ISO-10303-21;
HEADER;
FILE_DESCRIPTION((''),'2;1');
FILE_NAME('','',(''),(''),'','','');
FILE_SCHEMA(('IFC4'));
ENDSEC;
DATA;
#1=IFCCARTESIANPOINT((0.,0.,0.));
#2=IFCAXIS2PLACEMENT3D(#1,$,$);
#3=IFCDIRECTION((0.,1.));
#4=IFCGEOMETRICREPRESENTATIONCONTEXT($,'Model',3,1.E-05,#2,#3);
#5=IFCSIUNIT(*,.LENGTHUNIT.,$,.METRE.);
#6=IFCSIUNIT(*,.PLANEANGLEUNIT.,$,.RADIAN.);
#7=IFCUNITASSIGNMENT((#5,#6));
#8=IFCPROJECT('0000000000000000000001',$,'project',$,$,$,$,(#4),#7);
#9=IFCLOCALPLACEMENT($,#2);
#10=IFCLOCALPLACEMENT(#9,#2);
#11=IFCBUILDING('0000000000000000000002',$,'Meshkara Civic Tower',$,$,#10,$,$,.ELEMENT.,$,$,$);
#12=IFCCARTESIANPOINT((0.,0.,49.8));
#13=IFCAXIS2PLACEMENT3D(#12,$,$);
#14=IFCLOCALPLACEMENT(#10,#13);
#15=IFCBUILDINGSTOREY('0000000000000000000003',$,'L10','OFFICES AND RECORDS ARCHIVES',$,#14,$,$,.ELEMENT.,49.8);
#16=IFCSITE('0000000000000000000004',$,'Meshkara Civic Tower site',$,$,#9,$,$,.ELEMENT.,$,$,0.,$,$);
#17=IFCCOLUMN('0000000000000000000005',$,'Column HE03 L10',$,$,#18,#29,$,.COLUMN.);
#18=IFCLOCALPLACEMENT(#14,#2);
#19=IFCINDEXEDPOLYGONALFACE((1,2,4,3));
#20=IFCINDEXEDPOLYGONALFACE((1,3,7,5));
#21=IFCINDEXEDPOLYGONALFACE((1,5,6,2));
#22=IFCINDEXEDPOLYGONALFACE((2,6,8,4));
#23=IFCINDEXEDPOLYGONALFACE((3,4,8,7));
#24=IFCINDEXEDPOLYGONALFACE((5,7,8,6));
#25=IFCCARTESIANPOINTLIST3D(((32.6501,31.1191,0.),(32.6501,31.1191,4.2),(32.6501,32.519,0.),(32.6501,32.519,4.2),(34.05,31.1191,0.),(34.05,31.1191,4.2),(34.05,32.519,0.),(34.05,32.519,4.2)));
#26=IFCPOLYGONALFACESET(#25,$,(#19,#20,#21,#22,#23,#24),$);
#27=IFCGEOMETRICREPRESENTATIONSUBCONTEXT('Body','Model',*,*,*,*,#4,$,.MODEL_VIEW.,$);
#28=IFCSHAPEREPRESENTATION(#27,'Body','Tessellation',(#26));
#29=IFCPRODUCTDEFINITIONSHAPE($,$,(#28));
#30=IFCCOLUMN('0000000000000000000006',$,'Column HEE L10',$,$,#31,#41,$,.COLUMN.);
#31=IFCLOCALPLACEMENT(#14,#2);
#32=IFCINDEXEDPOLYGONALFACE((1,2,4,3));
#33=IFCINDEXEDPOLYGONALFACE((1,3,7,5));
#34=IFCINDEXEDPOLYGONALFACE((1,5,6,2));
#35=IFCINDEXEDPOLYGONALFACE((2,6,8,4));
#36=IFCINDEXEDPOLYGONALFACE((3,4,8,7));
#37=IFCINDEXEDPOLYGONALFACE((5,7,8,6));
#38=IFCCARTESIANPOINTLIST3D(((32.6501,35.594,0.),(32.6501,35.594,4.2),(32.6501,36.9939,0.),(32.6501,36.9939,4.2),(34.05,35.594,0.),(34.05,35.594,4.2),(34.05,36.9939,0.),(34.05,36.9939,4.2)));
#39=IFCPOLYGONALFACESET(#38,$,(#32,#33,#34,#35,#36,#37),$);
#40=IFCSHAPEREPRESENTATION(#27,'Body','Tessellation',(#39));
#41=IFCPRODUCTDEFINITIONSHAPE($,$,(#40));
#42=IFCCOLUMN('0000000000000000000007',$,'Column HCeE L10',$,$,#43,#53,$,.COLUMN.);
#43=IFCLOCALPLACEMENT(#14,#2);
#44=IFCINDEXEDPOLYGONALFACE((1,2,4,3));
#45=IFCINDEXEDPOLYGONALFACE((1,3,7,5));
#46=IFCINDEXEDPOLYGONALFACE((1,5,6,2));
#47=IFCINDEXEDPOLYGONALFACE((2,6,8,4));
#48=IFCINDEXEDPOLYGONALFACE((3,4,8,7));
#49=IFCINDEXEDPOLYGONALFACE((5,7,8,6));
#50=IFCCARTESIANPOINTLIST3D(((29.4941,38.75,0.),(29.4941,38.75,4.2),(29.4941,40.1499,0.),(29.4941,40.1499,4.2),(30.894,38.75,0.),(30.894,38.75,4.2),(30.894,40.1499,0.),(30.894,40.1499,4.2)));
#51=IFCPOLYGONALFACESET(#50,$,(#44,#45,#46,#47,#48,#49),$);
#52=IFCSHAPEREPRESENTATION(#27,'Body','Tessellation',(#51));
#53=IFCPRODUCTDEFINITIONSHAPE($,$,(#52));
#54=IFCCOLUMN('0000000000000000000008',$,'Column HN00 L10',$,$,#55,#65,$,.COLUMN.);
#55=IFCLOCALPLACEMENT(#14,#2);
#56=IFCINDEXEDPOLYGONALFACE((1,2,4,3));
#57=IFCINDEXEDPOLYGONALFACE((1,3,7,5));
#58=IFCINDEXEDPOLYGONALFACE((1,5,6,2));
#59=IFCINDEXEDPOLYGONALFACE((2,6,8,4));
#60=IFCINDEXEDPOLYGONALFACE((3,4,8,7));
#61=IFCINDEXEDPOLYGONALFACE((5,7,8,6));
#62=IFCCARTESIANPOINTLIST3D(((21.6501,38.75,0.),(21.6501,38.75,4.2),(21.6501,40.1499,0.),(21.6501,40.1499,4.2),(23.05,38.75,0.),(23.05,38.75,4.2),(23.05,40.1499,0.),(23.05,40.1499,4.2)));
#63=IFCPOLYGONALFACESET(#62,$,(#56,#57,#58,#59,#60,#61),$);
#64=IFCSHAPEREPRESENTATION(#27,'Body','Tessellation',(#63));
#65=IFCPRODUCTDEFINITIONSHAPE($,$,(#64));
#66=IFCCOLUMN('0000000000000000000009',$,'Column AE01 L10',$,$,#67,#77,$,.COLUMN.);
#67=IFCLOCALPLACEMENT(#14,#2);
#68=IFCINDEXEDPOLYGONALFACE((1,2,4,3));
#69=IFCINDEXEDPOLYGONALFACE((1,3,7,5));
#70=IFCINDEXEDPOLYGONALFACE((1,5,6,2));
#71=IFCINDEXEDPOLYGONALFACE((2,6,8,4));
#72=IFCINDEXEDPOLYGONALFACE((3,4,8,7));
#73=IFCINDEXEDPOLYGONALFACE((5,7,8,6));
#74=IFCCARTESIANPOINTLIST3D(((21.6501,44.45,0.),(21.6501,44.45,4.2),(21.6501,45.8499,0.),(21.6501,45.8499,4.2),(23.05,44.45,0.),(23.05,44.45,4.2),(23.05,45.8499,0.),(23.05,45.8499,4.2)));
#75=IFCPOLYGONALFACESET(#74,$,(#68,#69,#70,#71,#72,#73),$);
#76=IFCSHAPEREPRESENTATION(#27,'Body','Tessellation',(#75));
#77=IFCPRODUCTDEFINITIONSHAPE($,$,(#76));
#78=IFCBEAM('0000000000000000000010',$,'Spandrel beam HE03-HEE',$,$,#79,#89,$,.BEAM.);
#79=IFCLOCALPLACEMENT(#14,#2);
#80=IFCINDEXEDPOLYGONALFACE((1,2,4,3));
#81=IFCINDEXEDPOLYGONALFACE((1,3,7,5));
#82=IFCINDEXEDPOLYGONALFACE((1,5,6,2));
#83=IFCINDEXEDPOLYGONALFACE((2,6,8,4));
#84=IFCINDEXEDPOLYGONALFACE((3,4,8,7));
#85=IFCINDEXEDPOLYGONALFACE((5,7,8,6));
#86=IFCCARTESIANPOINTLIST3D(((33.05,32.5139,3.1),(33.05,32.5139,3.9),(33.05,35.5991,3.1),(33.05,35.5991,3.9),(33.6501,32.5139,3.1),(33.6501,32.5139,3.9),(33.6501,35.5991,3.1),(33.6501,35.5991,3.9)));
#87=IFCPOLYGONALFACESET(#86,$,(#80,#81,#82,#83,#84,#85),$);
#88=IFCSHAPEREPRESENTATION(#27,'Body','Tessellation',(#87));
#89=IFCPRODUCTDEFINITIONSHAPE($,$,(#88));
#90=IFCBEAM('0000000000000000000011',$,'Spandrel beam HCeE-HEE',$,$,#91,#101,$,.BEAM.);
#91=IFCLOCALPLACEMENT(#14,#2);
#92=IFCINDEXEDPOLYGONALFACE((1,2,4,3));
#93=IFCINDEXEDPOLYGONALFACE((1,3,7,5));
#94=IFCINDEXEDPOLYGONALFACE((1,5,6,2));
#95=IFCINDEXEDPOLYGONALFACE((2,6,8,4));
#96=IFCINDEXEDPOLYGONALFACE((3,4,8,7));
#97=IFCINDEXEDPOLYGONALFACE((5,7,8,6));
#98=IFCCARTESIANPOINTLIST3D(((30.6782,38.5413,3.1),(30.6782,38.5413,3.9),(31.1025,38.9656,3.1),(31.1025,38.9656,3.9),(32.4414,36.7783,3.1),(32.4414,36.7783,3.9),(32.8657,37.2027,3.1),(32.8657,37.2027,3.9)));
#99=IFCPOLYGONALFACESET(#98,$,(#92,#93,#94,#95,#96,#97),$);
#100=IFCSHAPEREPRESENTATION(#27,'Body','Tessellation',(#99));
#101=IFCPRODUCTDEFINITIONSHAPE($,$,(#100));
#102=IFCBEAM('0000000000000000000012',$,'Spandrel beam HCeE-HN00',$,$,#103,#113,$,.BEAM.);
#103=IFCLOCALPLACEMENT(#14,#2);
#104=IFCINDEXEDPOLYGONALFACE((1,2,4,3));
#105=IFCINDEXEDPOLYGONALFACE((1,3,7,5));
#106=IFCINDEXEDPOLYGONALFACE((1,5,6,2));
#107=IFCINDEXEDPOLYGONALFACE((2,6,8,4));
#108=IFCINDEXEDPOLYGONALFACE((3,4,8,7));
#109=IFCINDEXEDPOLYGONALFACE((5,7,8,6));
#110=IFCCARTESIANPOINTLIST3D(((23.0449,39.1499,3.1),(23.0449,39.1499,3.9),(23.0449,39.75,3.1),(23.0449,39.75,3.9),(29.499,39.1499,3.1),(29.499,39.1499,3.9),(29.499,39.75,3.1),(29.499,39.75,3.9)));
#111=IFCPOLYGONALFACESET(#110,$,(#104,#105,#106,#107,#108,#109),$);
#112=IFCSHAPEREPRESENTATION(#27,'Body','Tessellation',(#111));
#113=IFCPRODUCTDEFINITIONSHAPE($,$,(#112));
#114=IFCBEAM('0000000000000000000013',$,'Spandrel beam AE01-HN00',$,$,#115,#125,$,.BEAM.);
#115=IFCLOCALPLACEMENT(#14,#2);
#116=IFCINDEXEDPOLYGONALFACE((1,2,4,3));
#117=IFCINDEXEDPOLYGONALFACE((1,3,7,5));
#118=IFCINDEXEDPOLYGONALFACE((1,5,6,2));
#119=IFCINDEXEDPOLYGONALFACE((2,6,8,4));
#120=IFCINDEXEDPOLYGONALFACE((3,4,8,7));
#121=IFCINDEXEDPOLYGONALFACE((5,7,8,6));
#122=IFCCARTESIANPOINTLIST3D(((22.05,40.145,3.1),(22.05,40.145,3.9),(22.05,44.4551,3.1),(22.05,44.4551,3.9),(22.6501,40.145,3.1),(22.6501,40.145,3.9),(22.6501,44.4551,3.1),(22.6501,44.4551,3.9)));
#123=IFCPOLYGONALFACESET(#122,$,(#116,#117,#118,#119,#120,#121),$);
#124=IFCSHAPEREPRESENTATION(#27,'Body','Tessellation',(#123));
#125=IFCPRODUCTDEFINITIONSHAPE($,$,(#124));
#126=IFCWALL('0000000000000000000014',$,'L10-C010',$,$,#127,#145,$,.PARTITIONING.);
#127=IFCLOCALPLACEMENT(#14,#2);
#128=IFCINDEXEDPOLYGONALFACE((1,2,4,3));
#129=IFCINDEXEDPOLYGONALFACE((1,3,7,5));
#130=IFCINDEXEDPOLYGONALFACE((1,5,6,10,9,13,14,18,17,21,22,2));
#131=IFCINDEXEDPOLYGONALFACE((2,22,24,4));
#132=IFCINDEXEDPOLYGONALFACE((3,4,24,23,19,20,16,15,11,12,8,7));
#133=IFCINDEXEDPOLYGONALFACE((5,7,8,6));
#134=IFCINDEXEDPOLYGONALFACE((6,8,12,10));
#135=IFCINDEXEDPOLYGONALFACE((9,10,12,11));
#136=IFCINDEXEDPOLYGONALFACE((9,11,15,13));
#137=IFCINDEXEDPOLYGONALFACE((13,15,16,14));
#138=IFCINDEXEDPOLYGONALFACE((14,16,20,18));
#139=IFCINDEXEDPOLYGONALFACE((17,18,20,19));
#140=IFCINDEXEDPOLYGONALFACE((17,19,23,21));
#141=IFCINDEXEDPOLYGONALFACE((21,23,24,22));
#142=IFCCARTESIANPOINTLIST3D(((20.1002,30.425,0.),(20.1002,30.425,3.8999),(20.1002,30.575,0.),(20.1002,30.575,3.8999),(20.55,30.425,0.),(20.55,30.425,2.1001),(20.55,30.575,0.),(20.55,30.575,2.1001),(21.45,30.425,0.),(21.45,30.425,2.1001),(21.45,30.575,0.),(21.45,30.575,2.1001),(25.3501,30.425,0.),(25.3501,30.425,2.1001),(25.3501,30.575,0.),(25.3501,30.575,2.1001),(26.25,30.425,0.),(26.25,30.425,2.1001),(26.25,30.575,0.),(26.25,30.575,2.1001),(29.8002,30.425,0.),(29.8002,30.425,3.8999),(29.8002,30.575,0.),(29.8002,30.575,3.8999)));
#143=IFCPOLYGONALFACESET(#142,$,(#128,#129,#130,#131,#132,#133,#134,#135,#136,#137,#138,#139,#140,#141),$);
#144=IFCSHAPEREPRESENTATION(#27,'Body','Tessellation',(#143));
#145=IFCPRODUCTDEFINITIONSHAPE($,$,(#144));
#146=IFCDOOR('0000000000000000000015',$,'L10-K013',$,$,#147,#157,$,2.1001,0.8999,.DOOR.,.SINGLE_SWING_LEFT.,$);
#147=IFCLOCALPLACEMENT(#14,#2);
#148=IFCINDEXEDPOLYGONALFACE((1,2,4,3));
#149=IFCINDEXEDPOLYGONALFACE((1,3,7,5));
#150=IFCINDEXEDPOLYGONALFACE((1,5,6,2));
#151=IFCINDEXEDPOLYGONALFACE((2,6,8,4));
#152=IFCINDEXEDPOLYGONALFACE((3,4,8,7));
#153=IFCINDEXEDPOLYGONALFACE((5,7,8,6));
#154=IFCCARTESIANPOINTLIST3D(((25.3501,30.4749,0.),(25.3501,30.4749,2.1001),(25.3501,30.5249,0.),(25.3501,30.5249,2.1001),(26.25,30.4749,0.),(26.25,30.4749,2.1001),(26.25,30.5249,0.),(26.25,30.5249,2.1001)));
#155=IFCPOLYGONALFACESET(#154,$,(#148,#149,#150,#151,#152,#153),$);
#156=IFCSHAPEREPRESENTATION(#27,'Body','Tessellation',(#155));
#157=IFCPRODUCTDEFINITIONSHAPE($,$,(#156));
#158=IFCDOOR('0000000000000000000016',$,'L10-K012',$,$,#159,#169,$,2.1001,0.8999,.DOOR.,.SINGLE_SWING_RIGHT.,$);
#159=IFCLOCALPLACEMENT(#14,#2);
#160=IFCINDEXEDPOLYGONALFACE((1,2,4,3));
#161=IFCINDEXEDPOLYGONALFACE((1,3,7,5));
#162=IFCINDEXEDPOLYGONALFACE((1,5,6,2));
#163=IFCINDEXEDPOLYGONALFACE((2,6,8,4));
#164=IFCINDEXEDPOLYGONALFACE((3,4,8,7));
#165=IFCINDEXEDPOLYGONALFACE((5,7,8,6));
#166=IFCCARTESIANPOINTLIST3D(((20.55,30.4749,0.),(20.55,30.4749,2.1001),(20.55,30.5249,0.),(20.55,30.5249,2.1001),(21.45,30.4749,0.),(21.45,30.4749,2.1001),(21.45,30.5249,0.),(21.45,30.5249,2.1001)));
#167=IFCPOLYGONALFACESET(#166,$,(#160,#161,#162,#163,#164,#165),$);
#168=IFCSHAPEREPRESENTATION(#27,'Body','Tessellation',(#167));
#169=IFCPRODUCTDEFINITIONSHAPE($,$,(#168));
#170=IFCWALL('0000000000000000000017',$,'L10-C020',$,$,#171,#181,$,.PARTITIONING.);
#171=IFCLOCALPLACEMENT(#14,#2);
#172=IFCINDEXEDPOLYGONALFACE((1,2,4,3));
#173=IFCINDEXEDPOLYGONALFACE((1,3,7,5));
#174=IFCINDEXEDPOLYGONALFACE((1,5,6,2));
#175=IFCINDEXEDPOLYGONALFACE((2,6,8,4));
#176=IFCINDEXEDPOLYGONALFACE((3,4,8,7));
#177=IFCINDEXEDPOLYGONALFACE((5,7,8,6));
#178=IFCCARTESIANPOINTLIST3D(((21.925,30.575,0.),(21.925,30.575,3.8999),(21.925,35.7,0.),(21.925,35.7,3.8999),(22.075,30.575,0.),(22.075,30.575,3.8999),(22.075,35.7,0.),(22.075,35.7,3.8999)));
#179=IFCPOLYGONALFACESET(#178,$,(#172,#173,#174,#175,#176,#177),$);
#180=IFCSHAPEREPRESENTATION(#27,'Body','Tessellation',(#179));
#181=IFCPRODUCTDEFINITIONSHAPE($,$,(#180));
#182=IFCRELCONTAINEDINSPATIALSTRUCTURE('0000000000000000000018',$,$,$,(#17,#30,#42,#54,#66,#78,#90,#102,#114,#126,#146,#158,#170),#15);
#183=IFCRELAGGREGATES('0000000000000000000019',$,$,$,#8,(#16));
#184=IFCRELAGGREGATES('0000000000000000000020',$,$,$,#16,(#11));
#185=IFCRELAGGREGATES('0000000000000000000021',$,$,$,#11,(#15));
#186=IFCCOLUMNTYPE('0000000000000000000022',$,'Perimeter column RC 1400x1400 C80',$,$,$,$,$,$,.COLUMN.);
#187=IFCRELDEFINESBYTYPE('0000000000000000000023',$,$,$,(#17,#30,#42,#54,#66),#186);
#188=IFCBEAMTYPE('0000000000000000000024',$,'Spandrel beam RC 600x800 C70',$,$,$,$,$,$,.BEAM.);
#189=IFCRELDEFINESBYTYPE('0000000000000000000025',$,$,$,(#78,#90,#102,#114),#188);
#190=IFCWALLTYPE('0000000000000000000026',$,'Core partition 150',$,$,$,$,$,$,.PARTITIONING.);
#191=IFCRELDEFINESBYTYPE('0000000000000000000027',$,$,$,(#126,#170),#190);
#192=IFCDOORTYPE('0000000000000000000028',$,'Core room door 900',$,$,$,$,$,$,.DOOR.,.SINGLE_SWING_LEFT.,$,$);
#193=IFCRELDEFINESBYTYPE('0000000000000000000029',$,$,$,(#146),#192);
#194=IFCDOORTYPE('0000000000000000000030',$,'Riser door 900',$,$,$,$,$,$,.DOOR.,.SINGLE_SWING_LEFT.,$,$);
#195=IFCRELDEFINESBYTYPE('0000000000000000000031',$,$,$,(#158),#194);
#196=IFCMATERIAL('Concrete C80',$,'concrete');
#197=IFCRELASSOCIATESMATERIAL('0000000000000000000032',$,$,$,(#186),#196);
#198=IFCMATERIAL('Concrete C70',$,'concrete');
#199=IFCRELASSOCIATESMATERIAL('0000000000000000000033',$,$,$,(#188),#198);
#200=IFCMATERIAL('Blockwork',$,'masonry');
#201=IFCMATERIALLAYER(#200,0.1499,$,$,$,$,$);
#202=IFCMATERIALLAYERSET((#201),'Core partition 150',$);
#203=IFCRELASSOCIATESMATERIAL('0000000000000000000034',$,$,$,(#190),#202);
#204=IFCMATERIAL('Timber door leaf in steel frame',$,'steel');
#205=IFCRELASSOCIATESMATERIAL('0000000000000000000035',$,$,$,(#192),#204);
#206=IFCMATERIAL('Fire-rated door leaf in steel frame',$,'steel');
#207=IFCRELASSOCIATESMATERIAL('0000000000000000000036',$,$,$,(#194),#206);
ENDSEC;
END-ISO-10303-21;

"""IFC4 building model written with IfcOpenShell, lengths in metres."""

from ifc_helpers import new_model, si_unit, direction, frame, frame_2d, origin, origin_2d, place, context, subcontext, project, spatial, rectangle, extrude, material, layer, layer_set, material_profile, profile_set, type_object, element, fill, save


model = new_model("IFC4")

# Units and contexts
model_context = context("Model", 3, precision=1e-05, world=origin(), true_north=direction((0.0, 1.0)))
body_context = subcontext(model_context, "Body", "Model", "MODEL_VIEW")
ifc_project = project(units=[si_unit("LENGTHUNIT", "METRE"), si_unit("PLANEANGLEUNIT", "RADIAN")], contexts=[model_context])

# Site, building, storey
site_placement = place(None, origin())
site = spatial("IfcSite", under=ifc_project, at=site_placement, Name="Meshkara Civic Tower site", CompositionType="ELEMENT", RefElevation=0.0)
building_placement = place(site_placement, origin())
building = spatial("IfcBuilding", under=site, at=building_placement, Name="Meshkara Civic Tower", CompositionType="ELEMENT")
storey_placement = place(building_placement, frame((0.0, 0.0, 49.8)))
storey = spatial("IfcBuildingStorey", under=building, at=storey_placement, Name="L10", Description="OFFICES AND RECORDS ARCHIVES", CompositionType="ELEMENT", Elevation=49.8)

# Columns
ifc_material_1 = material(Name="Concrete C80", Category="concrete")
ifc_material_profile_1 = material_profile(ifc_material_1, rectangle(XDim=1.3999, YDim=1.3999, at=origin_2d()))
ifc_profile_set_1 = profile_set([ifc_material_profile_1], Name="Concrete C80")
column_type = type_object("IfcColumnType", Name="Perimeter column RC 1400x1400 C80", PredefinedType="COLUMN", material=ifc_profile_set_1)
for number, where, z_axis, x_axis, name in (
    (1, (33.3501, 31.8191, 0.0), (0.0, 0.0, 1.0), (1.0, 0.0, 0.0), "Column HE03 L10"),
    (2, (33.3501, 36.2939, 0.0), (0.0, 0.0, 1.0), (1.0, 0.0, 0.0), "Column HEE L10"),
    (3, (30.1941, 39.45, 0.0), (0.0, 0.0, 1.0), (1.0, 0.0, 0.0), "Column HCeE L10"),
    (4, (22.3501, 39.45, 0.0), (0.0, 0.0, 1.0), (1.0, 0.0, 0.0), "Column HN00 L10"),
    (5, (22.3501, 45.1499, 0.0), (0.0, 0.0, 1.0), (1.0, 0.0, 0.0), "Column AE01 L10"),
):
    element("IfcColumn", number, at=place(storey_placement, frame(where, z_axis=z_axis, x_axis=x_axis)), inside=storey, type_object=column_type, Name=name, PredefinedType="COLUMN", context=body_context, shape_type="SweptSolid", body=[
        extrude(rectangle(XDim=1.3999, YDim=1.3999, at=origin_2d()), origin(), (0.0, 0.0, 1.0), 4.2),
    ])

# Beams
ifc_material_2 = material(Name="Concrete C70", Category="concrete")
ifc_material_profile_2 = material_profile(ifc_material_2, rectangle(XDim=0.6001, YDim=0.8, at=origin_2d()))
ifc_profile_set_2 = profile_set([ifc_material_profile_2], Name="Concrete C70")
beam_type = type_object("IfcBeamType", Name="Spandrel beam RC 600x800 C70", PredefinedType="BEAM", material=ifc_profile_set_2)
beam_1_placement = place(storey_placement, frame((33.3501, 32.5139, 3.5), z_axis=(0.0, 1.0, 0.0), x_axis=(-1.0, 0.0, 0.0)))
element("IfcBeam", 6, at=beam_1_placement, inside=storey, type_object=beam_type, Name="Spandrel beam HE03-HEE", PredefinedType="BEAM", context=body_context, shape_type="SweptSolid", body=[
    extrude(rectangle(XDim=0.6001, YDim=0.8, at=origin_2d()), origin(), (0.0, 0.0, 1.0), 3.0852),
])
beam_2_placement = place(storey_placement, frame((32.6536, 36.9905, 3.5), z_axis=(-0.707156, 0.707058, 0.0), x_axis=(-0.707058, -0.707156, 0.0)))
element("IfcBeam", 7, at=beam_2_placement, inside=storey, type_object=beam_type, Name="Spandrel beam HCeE-HEE", PredefinedType="BEAM", context=body_context, shape_type="SweptSolid", body=[
    extrude(rectangle(XDim=0.6001, YDim=0.8, at=origin_2d()), origin(), (0.0, 0.0, 1.0), 2.4934),
])
beam_3_placement = place(storey_placement, frame((29.499, 39.45, 3.5), z_axis=(-1.0, 0.0, 0.0), x_axis=(0.0, -1.0, 0.0)))
element("IfcBeam", 8, at=beam_3_placement, inside=storey, type_object=beam_type, Name="Spandrel beam HCeE-HN00", PredefinedType="BEAM", context=body_context, shape_type="SweptSolid", body=[
    extrude(rectangle(XDim=0.6001, YDim=0.8, at=origin_2d()), origin(), (0.0, 0.0, 1.0), 6.4541),
])
beam_4_placement = place(storey_placement, frame((22.3501, 40.145, 3.5), z_axis=(0.0, 1.0, 0.0), x_axis=(-1.0, 0.0, 0.0)))
element("IfcBeam", 9, at=beam_4_placement, inside=storey, type_object=beam_type, Name="Spandrel beam AE01-HN00", PredefinedType="BEAM", context=body_context, shape_type="SweptSolid", body=[
    extrude(rectangle(XDim=0.6001, YDim=0.8, at=origin_2d()), origin(), (0.0, 0.0, 1.0), 4.3101),
])

# Wall, openings, doors
ifc_material_3 = material(Name="Blockwork", Category="masonry")
ifc_layer_1 = layer(ifc_material_3, 0.1499)
ifc_layer_set_1 = layer_set([ifc_layer_1], Name="Core partition 150")
wall_type_1 = type_object("IfcWallType", Name="Core partition 150", PredefinedType="PARTITIONING", material=ifc_layer_set_1)
wall_1_placement = place(storey_placement, frame((20.1001, 30.5, 0.0), z_axis=(0.0, 0.0, 1.0), x_axis=(1.0, 0.0, 0.0)))
wall_1 = element("IfcWall", 10, at=wall_1_placement, inside=storey, type_object=wall_type_1, Name="L10-C010", PredefinedType="PARTITIONING", context=body_context, shape_type="SweptSolid", body=[
    extrude(rectangle(XDim=9.7, YDim=0.1499, at=frame_2d((4.8501, 0.0))), origin(), (0.0, 0.0, 1.0), 3.8999),
])
opening_1_placement = place(wall_1_placement, frame((0.45, 0.0, 0.0)))
opening_1 = element("IfcOpeningElement", 11, at=opening_1_placement, cuts=wall_1, PredefinedType="OPENING", context=body_context, shape_type="SweptSolid", body=[
    extrude(rectangle(XDim=0.8999, YDim=2.1001, at=frame_2d((0.45, 1.05))), frame((0.0, 0.085, 0.0), z_axis=(0.0, -1.0, 0.0), x_axis=(1.0, 0.0, 0.0)), (0.0, 0.0, 1.0), 0.1699),
])
opening_2_placement = place(wall_1_placement, frame((5.25, 0.0, 0.0)))
opening_2 = element("IfcOpeningElement", 12, at=opening_2_placement, cuts=wall_1, PredefinedType="OPENING", context=body_context, shape_type="SweptSolid", body=[
    extrude(rectangle(XDim=0.8999, YDim=2.1001, at=frame_2d((0.45, 1.05))), frame((0.0, 0.085, 0.0), z_axis=(0.0, -1.0, 0.0), x_axis=(1.0, 0.0, 0.0)), (0.0, 0.0, 1.0), 0.1699),
])
ifc_material_4 = material(Name="Timber door leaf in steel frame", Category="steel")
door_type_1 = type_object("IfcDoorType", Name="Core room door 900", OperationType="SINGLE_SWING_LEFT", PredefinedType="DOOR", material=ifc_material_4)
door_1_placement = place(opening_2_placement, origin())
door_1 = element("IfcDoor", 13, at=door_1_placement, inside=storey, type_object=door_type_1, Name="L10-K013", OperationType="SINGLE_SWING_LEFT", OverallHeight=2.1001, OverallWidth=0.8999, PredefinedType="DOOR", context=body_context, shape_type="SweptSolid", body=[
    extrude(rectangle(XDim=0.8999, YDim=2.1001, at=frame_2d((0.45, 1.05))), frame((0.0, 0.0249, 0.0), z_axis=(0.0, -1.0, 0.0), x_axis=(1.0, 0.0, 0.0)), (0.0, 0.0, 1.0), 0.05),
])
fill(opening_2, door_1)
ifc_material_5 = material(Name="Fire-rated door leaf in steel frame", Category="steel")
door_type_2 = type_object("IfcDoorType", Name="Riser door 900", OperationType="SINGLE_SWING_LEFT", PredefinedType="DOOR", material=ifc_material_5)
door_2_placement = place(opening_1_placement, origin())
door_2 = element("IfcDoor", 14, at=door_2_placement, inside=storey, type_object=door_type_2, Name="L10-K012", OperationType="SINGLE_SWING_RIGHT", OverallHeight=2.1001, OverallWidth=0.8999, PredefinedType="DOOR", context=body_context, shape_type="SweptSolid", body=[
    extrude(rectangle(XDim=0.8999, YDim=2.1001, at=frame_2d((0.45, 1.05))), frame((0.0, 0.0249, 0.0), z_axis=(0.0, -1.0, 0.0), x_axis=(1.0, 0.0, 0.0)), (0.0, 0.0, 1.0), 0.05),
])
fill(opening_1, door_2)

# Wall
wall_2_placement = place(storey_placement, frame((22.0, 30.575, 0.0), z_axis=(0.0, 0.0, 1.0), x_axis=(0.0, 1.0, 0.0)))
element("IfcWall", 15, at=wall_2_placement, inside=storey, type_object=wall_type_1, Name="L10-C020", PredefinedType="PARTITIONING", context=body_context, shape_type="SweptSolid", body=[
    extrude(rectangle(XDim=5.125, YDim=0.1499, at=frame_2d((2.5625, 0.0))), origin(), (0.0, 0.0, 1.0), 3.8999),
])

save(model, "model.ifc")
